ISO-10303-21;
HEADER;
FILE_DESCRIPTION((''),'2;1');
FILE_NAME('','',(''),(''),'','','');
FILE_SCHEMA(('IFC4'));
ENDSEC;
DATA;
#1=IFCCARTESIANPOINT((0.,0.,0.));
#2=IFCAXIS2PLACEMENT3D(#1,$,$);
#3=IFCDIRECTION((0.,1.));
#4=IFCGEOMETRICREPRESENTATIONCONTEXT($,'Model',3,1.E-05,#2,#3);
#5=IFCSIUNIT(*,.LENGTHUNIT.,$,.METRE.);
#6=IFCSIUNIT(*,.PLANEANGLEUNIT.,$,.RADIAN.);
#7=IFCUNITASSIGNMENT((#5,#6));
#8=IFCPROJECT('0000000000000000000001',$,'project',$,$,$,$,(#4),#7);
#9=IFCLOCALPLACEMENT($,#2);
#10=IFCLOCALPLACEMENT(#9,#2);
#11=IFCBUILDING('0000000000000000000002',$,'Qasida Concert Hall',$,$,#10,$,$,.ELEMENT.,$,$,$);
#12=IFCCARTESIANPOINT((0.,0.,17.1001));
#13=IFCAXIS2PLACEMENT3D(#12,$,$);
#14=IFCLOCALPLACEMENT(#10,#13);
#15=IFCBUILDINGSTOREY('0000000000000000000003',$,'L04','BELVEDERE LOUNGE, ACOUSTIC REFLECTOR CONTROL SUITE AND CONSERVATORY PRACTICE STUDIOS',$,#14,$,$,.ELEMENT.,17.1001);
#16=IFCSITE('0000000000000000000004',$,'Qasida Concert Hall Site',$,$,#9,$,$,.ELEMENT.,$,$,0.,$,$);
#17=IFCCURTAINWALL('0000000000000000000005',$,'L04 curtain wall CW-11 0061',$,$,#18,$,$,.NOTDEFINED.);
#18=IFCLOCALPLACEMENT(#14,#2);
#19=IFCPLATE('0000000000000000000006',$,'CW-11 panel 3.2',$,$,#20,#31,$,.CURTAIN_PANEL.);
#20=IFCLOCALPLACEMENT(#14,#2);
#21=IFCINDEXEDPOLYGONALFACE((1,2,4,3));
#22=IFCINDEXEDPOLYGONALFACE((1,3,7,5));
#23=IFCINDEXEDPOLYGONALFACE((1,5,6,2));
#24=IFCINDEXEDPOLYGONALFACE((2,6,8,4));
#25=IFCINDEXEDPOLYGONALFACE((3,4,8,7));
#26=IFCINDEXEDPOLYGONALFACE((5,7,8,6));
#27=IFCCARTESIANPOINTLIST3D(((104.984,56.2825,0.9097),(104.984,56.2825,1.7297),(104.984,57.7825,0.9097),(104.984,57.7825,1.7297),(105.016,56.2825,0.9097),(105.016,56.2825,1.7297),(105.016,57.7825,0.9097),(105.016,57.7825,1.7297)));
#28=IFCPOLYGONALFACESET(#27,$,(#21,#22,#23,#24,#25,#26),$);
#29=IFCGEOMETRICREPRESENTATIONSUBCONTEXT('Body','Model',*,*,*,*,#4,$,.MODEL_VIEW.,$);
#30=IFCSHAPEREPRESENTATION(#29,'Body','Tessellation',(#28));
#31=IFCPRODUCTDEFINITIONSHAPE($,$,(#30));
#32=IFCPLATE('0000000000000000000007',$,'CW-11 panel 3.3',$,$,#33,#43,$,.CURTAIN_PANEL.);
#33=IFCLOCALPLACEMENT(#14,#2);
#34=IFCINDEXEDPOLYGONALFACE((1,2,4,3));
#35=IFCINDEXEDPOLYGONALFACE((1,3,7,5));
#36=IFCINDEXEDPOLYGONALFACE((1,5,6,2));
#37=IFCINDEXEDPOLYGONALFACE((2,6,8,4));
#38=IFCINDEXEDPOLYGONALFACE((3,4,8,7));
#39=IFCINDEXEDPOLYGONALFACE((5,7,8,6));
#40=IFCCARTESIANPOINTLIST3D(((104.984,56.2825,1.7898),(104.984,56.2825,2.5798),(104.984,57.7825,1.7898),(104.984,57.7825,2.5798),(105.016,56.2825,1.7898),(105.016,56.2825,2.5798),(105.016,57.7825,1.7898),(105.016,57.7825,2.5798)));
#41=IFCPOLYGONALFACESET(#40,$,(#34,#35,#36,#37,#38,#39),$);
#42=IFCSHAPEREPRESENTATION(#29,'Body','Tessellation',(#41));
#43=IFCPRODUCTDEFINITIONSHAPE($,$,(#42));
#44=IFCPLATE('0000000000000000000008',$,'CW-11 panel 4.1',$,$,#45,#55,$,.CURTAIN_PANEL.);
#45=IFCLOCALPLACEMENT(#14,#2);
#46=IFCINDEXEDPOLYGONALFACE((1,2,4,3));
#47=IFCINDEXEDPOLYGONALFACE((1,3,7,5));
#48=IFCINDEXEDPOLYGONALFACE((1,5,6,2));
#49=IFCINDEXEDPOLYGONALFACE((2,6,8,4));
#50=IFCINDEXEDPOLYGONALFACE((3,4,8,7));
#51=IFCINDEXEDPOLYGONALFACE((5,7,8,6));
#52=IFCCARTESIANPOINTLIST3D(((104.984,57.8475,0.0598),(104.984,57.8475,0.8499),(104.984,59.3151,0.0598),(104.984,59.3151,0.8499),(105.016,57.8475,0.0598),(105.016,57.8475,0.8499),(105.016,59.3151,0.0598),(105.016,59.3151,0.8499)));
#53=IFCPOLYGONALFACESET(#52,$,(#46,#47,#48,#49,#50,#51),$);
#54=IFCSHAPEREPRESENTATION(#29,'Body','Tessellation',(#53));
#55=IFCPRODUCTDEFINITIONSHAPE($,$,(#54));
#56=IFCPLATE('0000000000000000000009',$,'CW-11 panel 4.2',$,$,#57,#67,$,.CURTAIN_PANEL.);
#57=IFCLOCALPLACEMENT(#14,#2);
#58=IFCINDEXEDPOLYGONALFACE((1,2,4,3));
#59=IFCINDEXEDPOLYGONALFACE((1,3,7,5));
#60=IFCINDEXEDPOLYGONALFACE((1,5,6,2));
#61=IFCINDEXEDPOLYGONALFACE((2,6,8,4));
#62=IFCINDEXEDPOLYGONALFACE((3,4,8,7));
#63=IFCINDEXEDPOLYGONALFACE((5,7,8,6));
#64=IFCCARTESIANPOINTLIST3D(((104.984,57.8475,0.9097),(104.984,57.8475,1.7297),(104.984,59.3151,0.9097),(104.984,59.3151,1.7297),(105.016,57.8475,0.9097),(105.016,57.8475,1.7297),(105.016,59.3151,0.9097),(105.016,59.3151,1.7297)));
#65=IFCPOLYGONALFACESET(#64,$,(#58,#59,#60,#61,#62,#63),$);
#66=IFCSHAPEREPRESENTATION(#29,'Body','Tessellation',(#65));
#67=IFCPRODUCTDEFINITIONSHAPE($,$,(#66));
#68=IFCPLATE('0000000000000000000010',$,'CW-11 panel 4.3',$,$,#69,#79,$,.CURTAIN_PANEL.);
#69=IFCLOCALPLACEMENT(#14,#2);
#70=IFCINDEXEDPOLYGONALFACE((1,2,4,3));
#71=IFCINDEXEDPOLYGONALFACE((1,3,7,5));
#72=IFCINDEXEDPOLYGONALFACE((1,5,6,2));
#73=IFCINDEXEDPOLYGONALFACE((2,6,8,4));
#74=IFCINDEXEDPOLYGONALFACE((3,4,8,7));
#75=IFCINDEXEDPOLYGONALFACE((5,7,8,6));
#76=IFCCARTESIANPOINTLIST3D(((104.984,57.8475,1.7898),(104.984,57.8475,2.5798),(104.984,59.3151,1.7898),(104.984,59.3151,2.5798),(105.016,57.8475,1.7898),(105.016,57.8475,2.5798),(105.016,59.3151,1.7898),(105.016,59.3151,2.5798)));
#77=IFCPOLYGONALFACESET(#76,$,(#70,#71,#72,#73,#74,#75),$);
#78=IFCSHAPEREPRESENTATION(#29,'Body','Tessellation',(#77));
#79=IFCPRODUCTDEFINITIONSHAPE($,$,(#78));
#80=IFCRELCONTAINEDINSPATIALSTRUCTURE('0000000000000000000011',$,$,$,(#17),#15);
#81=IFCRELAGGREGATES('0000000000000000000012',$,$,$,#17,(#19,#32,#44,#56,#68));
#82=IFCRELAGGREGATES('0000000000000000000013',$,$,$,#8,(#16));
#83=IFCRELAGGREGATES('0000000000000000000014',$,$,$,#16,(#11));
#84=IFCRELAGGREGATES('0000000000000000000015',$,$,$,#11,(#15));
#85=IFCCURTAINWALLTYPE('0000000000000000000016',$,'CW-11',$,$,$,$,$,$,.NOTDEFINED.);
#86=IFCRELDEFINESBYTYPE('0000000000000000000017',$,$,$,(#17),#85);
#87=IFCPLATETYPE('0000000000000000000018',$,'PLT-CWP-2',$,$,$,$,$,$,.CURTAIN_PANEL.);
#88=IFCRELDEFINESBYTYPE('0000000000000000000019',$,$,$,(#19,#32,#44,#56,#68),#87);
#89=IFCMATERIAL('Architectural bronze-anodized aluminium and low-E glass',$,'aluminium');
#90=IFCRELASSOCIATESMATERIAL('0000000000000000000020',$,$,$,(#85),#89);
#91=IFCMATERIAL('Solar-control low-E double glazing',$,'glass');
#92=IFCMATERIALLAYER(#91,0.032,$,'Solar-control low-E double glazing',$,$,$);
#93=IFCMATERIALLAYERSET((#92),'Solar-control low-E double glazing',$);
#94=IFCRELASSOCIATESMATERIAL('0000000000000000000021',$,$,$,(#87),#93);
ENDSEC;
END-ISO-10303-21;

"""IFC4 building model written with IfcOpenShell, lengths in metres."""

from ifc_helpers import new_model, si_unit, direction, frame, origin, origin_2d, place, context, subcontext, project, spatial, rectangle, extrude, material, layer, layer_set, type_object, element, aggregate, save


model = new_model("IFC4")

# Units and contexts
model_context = context("Model", 3, precision=1e-05, world=origin(), true_north=direction((0.0, 1.0)))
body_context = subcontext(model_context, "Body", "Model", "MODEL_VIEW")
ifc_project = project(units=[si_unit("LENGTHUNIT", "METRE"), si_unit("PLANEANGLEUNIT", "RADIAN")], contexts=[model_context])

# Site, building, storey
site_placement = place(None, origin())
site = spatial("IfcSite", under=ifc_project, at=site_placement, Name="Qasida Concert Hall Site", CompositionType="ELEMENT", RefElevation=0.0)
building_placement = place(site_placement, origin())
building = spatial("IfcBuilding", under=site, at=building_placement, Name="Qasida Concert Hall", CompositionType="ELEMENT")
storey_placement = place(building_placement, frame((0.0, 0.0, 17.1001)))
storey = spatial("IfcBuildingStorey", under=building, at=storey_placement, Name="L04", Description="BELVEDERE LOUNGE, ACOUSTIC REFLECTOR CONTROL SUITE AND CONSERVATORY PRACTICE STUDIOS", CompositionType="ELEMENT", Elevation=17.1001)

# Curtain wall, plates
ifc_material_1 = material(Name="Architectural bronze-anodized aluminium and low-E glass", Category="aluminium")
curtain_wall_type = type_object("IfcCurtainWallType", Name="CW-11", PredefinedType="NOTDEFINED", material=ifc_material_1)
curtain_wall_placement = place(storey_placement, origin())
curtain_wall = element("IfcCurtainWall", 1, at=curtain_wall_placement, inside=storey, type_object=curtain_wall_type, Name="L04 curtain wall CW-11 0061", PredefinedType="NOTDEFINED")
ifc_material_2 = material(Name="Solar-control low-E double glazing", Category="glass")
ifc_layer = layer(ifc_material_2, 0.032, Name="Solar-control low-E double glazing")
ifc_layer_set = layer_set([ifc_layer], Name="Solar-control low-E double glazing")
plate_type = type_object("IfcPlateType", Name="PLT-CWP-2", PredefinedType="CURTAIN_PANEL", material=ifc_layer_set)
plate_1_placement = place(storey_placement, frame((105.0, 57.0325, 0.9097), z_axis=(0.0, 0.0, 1.0), x_axis=(0.0, 1.0, 0.0)))
plate_1 = element("IfcPlate", 2, at=plate_1_placement, type_object=plate_type, Name="CW-11 panel 3.2", PredefinedType="CURTAIN_PANEL", context=body_context, shape_type="SweptSolid", body=[
    extrude(rectangle(XDim=1.5, YDim=0.032, at=origin_2d()), origin(), (0.0, 0.0, 1.0), 0.8201),
])
plate_2_placement = place(storey_placement, frame((105.0, 57.0325, 1.7898), z_axis=(0.0, 0.0, 1.0), x_axis=(0.0, 1.0, 0.0)))
plate_2 = element("IfcPlate", 3, at=plate_2_placement, type_object=plate_type, Name="CW-11 panel 3.3", PredefinedType="CURTAIN_PANEL", context=body_context, shape_type="SweptSolid", body=[
    extrude(rectangle(XDim=1.5, YDim=0.032, at=origin_2d()), origin(), (0.0, 0.0, 1.0), 0.79),
])
plate_3_placement = place(storey_placement, frame((105.0, 58.5813, 0.0598), z_axis=(0.0, 0.0, 1.0), x_axis=(0.0, 1.0, 0.0)))
plate_3 = element("IfcPlate", 4, at=plate_3_placement, type_object=plate_type, Name="CW-11 panel 4.1", PredefinedType="CURTAIN_PANEL", context=body_context, shape_type="SweptSolid", body=[
    extrude(rectangle(XDim=1.4675, YDim=0.032, at=origin_2d()), origin(), (0.0, 0.0, 1.0), 0.79),
])
plate_4_placement = place(storey_placement, frame((105.0, 58.5813, 0.9097), z_axis=(0.0, 0.0, 1.0), x_axis=(0.0, 1.0, 0.0)))
plate_4 = element("IfcPlate", 5, at=plate_4_placement, type_object=plate_type, Name="CW-11 panel 4.2", PredefinedType="CURTAIN_PANEL", context=body_context, shape_type="SweptSolid", body=[
    extrude(rectangle(XDim=1.4675, YDim=0.032, at=origin_2d()), origin(), (0.0, 0.0, 1.0), 0.8201),
])
plate_5_placement = place(storey_placement, frame((105.0, 58.5813, 1.7898), z_axis=(0.0, 0.0, 1.0), x_axis=(0.0, 1.0, 0.0)))
plate_5 = element("IfcPlate", 6, at=plate_5_placement, type_object=plate_type, Name="CW-11 panel 4.3", PredefinedType="CURTAIN_PANEL", context=body_context, shape_type="SweptSolid", body=[
    extrude(rectangle(XDim=1.4675, YDim=0.032, at=origin_2d()), origin(), (0.0, 0.0, 1.0), 0.79),
])
aggregate(curtain_wall, [plate_1, plate_2, plate_3, plate_4, plate_5])

save(model, "model.ifc")
